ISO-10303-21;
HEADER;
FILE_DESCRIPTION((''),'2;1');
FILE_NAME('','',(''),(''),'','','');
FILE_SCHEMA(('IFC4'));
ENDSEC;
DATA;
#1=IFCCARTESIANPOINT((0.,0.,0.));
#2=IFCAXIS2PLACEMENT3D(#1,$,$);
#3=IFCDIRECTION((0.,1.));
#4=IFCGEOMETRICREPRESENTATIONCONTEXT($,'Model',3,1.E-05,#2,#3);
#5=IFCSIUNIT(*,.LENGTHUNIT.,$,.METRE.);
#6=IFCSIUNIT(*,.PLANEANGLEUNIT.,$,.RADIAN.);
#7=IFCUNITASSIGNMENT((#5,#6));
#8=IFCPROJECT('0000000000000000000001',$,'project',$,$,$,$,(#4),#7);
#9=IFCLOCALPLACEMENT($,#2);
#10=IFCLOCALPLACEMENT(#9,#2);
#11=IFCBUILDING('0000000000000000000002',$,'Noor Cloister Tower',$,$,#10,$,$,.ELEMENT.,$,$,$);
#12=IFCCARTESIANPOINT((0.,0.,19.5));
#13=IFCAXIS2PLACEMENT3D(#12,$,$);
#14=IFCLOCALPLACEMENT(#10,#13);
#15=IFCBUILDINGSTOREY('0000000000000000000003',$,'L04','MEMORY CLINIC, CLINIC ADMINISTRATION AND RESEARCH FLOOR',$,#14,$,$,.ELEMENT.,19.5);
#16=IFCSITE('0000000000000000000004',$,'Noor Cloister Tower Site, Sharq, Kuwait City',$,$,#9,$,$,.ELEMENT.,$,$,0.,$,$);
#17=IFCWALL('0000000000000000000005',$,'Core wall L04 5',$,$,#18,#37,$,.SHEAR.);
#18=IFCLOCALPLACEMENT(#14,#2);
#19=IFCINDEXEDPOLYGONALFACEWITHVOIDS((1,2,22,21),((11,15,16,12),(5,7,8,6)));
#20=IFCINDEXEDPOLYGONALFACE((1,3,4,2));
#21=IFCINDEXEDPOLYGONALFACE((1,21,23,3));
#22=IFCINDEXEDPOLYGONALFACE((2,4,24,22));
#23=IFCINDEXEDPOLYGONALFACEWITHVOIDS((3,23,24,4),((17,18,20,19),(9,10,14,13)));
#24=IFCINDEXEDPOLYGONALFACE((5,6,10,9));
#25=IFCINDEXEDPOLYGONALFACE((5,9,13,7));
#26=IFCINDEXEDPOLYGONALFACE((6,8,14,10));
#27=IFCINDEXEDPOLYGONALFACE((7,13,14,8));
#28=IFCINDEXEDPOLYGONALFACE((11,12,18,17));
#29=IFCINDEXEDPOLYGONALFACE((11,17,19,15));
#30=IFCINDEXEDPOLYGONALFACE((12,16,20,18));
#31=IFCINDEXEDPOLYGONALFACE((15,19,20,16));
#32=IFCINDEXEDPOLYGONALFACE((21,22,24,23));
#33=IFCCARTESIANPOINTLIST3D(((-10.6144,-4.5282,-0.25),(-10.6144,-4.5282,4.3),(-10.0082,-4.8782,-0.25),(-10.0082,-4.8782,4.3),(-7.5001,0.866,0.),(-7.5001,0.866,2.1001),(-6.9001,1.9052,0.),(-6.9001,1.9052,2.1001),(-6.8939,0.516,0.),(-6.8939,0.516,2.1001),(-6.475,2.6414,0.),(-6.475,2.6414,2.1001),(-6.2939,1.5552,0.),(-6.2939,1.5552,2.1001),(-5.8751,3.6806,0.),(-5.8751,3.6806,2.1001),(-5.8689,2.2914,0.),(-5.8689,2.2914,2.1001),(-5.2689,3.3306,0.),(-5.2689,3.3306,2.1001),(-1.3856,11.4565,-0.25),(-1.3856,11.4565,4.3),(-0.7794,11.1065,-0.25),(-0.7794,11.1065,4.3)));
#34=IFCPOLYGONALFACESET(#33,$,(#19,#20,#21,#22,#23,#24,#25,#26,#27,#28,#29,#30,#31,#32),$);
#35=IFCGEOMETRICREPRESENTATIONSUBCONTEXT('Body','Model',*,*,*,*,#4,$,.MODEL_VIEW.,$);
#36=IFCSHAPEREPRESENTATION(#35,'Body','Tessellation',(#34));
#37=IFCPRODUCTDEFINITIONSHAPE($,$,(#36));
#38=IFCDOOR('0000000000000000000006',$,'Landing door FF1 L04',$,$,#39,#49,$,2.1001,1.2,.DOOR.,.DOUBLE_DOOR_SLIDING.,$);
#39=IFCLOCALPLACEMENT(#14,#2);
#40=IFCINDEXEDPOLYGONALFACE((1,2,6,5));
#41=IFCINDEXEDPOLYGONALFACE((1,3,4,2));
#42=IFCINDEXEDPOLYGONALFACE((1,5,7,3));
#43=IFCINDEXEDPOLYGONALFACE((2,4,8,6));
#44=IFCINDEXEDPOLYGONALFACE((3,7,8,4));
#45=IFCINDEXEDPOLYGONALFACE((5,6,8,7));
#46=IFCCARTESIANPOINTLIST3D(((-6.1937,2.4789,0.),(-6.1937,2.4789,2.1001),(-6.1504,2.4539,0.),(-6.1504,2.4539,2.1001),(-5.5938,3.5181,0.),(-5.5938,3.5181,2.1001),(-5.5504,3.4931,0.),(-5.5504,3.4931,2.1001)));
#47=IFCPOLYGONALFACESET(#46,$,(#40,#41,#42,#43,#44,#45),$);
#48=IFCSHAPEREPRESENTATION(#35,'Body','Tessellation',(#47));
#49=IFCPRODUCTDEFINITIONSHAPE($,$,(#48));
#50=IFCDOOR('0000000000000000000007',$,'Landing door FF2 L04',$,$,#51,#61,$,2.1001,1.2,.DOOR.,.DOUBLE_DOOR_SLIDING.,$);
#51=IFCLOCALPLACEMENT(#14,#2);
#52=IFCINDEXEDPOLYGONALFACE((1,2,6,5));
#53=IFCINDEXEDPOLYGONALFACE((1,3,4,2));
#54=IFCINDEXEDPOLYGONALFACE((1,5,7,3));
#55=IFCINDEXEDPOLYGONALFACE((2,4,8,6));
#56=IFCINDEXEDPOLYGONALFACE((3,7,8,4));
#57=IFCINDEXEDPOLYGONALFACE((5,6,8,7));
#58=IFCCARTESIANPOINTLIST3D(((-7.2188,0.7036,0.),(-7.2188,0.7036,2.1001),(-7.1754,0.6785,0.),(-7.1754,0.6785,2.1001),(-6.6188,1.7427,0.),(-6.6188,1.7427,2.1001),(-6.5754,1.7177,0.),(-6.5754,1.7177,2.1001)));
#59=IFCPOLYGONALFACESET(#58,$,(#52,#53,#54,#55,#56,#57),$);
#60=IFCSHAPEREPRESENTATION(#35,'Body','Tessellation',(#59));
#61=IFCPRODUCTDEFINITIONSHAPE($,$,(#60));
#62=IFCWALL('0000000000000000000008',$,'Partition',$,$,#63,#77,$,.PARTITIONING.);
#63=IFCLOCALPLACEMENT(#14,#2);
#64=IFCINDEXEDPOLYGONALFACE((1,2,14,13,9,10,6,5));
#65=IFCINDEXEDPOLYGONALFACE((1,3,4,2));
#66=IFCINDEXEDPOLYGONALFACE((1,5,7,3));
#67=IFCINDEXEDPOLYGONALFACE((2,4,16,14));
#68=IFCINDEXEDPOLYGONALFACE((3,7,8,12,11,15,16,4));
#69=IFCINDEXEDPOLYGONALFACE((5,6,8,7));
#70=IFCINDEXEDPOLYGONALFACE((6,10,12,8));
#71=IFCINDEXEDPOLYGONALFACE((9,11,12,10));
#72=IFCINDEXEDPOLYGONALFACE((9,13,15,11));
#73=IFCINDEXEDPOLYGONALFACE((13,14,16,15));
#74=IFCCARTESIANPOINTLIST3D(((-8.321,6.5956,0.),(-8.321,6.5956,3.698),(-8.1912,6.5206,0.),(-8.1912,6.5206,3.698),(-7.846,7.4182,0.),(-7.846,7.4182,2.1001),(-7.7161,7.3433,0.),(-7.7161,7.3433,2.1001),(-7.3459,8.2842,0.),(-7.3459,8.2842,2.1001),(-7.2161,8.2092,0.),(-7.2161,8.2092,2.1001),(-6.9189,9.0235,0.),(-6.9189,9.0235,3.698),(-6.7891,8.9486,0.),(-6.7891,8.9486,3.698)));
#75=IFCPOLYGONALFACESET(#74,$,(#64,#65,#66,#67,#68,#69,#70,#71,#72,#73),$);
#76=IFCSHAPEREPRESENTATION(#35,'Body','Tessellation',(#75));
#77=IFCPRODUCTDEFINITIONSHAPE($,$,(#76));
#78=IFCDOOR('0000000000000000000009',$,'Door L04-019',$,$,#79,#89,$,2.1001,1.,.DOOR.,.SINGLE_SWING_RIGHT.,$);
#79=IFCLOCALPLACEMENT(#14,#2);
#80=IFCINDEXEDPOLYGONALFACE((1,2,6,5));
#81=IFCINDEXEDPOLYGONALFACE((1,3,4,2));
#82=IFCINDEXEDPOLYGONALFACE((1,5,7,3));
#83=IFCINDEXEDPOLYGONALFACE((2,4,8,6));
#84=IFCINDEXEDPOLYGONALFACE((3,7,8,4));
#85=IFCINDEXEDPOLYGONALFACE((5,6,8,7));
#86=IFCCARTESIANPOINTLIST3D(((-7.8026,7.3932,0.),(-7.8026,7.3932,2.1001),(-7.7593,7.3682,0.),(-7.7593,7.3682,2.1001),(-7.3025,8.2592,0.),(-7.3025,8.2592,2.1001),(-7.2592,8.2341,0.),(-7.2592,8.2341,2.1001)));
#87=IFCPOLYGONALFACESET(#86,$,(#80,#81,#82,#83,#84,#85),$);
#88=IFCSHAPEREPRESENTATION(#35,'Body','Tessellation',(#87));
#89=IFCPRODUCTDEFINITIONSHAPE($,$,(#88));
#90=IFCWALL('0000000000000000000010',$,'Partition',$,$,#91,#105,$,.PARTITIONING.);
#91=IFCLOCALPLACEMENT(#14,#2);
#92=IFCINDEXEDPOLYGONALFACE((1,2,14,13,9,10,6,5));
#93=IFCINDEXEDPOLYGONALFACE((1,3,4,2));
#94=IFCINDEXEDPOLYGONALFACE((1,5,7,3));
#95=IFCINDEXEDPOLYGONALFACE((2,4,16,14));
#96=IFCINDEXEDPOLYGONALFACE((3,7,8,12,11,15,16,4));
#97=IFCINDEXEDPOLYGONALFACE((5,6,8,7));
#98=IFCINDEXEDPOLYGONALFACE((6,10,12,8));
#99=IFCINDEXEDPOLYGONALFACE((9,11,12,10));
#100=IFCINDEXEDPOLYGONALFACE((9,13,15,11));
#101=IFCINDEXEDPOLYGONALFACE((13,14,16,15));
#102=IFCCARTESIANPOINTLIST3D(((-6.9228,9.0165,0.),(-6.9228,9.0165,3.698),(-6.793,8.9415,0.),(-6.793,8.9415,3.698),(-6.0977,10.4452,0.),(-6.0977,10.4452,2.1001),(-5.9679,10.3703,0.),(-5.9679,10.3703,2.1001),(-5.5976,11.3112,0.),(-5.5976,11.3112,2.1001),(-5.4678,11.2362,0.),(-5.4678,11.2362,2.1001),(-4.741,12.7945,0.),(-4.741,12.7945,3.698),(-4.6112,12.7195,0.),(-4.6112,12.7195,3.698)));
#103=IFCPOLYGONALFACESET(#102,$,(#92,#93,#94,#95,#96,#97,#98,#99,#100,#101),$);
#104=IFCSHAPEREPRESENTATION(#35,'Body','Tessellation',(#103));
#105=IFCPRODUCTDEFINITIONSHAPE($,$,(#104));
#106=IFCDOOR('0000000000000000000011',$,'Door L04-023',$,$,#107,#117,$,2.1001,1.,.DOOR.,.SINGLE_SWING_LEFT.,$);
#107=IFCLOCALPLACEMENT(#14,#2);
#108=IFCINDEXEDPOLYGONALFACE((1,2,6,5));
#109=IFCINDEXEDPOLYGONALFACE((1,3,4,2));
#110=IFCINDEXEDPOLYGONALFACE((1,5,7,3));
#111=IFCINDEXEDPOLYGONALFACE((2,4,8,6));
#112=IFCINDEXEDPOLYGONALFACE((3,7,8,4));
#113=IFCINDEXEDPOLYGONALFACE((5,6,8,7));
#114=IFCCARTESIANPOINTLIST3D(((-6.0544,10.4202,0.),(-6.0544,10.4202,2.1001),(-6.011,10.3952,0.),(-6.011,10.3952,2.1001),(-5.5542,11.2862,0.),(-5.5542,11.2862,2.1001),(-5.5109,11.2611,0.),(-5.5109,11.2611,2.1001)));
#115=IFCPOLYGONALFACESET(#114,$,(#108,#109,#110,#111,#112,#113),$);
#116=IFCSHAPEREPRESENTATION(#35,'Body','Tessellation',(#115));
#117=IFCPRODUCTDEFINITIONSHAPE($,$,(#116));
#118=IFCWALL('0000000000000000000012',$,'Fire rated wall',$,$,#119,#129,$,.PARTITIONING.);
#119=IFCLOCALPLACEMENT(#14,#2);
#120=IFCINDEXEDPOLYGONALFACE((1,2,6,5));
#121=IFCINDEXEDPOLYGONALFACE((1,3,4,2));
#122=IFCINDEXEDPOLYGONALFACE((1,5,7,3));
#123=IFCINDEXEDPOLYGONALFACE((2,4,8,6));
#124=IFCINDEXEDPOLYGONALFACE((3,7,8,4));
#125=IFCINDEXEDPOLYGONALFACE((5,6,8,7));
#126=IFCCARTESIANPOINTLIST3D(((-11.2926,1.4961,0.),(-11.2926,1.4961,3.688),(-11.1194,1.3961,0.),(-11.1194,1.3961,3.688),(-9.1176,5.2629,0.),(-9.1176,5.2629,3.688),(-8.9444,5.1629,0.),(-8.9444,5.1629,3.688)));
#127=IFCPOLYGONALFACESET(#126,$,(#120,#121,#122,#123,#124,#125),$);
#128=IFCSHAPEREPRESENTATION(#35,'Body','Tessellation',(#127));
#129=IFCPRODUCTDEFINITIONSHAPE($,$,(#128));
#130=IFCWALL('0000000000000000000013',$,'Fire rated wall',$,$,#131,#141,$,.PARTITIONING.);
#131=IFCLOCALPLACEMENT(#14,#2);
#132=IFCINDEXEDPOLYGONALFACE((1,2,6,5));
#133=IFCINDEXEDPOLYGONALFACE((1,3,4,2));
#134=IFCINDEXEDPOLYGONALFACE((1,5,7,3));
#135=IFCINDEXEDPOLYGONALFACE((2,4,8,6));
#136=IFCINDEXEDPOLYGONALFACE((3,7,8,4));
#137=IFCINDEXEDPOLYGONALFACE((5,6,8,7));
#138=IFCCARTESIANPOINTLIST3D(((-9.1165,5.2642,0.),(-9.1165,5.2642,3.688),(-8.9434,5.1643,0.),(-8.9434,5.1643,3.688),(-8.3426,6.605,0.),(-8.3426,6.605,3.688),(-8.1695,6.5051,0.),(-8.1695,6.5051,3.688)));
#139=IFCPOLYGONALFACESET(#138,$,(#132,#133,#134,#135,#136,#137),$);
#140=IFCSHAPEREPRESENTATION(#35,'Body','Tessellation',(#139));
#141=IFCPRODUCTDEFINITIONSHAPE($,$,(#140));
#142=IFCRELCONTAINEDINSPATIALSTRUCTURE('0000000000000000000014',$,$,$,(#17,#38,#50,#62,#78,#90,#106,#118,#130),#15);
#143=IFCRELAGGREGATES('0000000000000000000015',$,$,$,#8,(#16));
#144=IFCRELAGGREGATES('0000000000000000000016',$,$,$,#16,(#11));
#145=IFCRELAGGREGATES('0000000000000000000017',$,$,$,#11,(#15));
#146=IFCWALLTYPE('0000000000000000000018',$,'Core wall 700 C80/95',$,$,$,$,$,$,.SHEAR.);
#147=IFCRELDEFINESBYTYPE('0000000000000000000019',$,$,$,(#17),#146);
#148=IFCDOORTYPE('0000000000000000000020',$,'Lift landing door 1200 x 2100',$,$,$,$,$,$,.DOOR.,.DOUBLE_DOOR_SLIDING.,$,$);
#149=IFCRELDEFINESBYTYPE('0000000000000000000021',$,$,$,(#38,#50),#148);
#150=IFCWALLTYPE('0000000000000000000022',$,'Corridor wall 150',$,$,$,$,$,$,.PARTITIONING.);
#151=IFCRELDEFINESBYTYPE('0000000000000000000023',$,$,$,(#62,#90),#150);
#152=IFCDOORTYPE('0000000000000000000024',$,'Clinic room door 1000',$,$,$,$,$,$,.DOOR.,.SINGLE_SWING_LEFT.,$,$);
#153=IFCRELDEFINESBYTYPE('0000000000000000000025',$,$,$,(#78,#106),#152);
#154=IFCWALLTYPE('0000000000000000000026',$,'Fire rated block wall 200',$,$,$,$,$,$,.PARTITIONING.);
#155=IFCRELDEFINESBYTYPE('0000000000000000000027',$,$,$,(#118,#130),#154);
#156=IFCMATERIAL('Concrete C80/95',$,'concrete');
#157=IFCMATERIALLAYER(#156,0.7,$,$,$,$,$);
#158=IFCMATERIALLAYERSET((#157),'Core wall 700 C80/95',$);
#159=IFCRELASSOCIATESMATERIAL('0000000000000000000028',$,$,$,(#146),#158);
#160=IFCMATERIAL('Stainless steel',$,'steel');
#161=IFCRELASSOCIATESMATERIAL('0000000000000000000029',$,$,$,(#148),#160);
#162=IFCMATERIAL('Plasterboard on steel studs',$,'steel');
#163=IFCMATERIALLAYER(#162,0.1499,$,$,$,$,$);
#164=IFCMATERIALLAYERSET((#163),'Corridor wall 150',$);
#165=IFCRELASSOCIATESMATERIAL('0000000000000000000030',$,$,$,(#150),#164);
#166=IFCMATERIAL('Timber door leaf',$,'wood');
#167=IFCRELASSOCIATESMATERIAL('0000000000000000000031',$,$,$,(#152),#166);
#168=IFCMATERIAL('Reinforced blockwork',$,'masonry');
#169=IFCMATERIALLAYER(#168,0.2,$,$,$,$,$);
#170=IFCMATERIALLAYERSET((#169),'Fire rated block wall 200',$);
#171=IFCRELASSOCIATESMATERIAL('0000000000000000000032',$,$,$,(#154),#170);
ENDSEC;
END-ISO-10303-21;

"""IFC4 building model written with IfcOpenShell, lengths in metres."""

from ifc_helpers import new_model, si_unit, direction, frame, frame_2d, origin, place, context, subcontext, project, spatial, rectangle, extrude, material, layer, layer_set, type_object, element, fill, save


model = new_model("IFC4")

# Units and contexts
model_context = context("Model", 3, precision=1e-05, world=origin(), true_north=direction((0.0, 1.0)))
body_context = subcontext(model_context, "Body", "Model", "MODEL_VIEW")
ifc_project = project(units=[si_unit("LENGTHUNIT", "METRE"), si_unit("PLANEANGLEUNIT", "RADIAN")], contexts=[model_context])

# Site, building, storey
site_placement = place(None, origin())
site = spatial("IfcSite", under=ifc_project, at=site_placement, Name="Noor Cloister Tower Site, Sharq, Kuwait City", CompositionType="ELEMENT", RefElevation=0.0)
building_placement = place(site_placement, origin())
building = spatial("IfcBuilding", under=site, at=building_placement, Name="Noor Cloister Tower", CompositionType="ELEMENT")
storey_placement = place(building_placement, frame((0.0, 0.0, 19.5)))
storey = spatial("IfcBuildingStorey", under=building, at=storey_placement, Name="L04", Description="MEMORY CLINIC, CLINIC ADMINISTRATION AND RESEARCH FLOOR", CompositionType="ELEMENT", Elevation=19.5)

# Wall, openings, doors
ifc_material_1 = material(Name="Concrete C80/95", Category="concrete")
ifc_layer_1 = layer(ifc_material_1, 0.7)
ifc_layer_set_1 = layer_set([ifc_layer_1], Name="Core wall 700 C80/95")
wall_type_1 = type_object("IfcWallType", Name="Core wall 700 C80/95", PredefinedType="SHEAR", material=ifc_layer_set_1)
wall_1_placement = place(storey_placement, frame((-1.0825, 11.2815, -0.25), z_axis=(0.0, 0.0, 1.0), x_axis=(-0.500001, -0.866025, 0.0)))
wall_1 = element("IfcWall", 1, at=wall_1_placement, inside=storey, type_object=wall_type_1, Name="Core wall L04 5", PredefinedType="SHEAR", context=body_context, shape_type="SweptSolid", body=[
    extrude(rectangle(XDim=18.4575, YDim=0.7, at=frame_2d((9.2288, 0.0))), origin(), (0.0, 0.0, 1.0), 4.55),
])
opening_1_placement = place(wall_1_placement, frame((8.9788, 0.0, 0.25)))
opening_1 = element("IfcOpeningElement", 2, at=opening_1_placement, cuts=wall_1, PredefinedType="OPENING", context=body_context, shape_type="SweptSolid", body=[
    extrude(rectangle(XDim=1.2, YDim=2.1001, at=frame_2d((0.6001, 1.05))), frame((0.0, 0.3599, 0.0), z_axis=(0.0, -1.0, 0.0), x_axis=(1.0, 0.0, 0.0)), (0.0, 0.0, 1.0), 0.72),
])
opening_2_placement = place(wall_1_placement, frame((11.0288, 0.0, 0.25)))
opening_2 = element("IfcOpeningElement", 3, at=opening_2_placement, cuts=wall_1, PredefinedType="OPENING", context=body_context, shape_type="SweptSolid", body=[
    extrude(rectangle(XDim=1.2, YDim=2.1001, at=frame_2d((0.6001, 1.05))), frame((0.0, 0.3599, 0.0), z_axis=(0.0, -1.0, 0.0), x_axis=(1.0, 0.0, 0.0)), (0.0, 0.0, 1.0), 0.72),
])
ifc_material_2 = material(Name="Stainless steel", Category="steel")
door_type_1 = type_object("IfcDoorType", Name="Lift landing door 1200 x 2100", OperationType="DOUBLE_DOOR_SLIDING", PredefinedType="DOOR", material=ifc_material_2)
door_1_placement = place(opening_1_placement, origin())
door_1 = element("IfcDoor", 4, at=door_1_placement, inside=storey, type_object=door_type_1, Name="Landing door FF1 L04", OperationType="DOUBLE_DOOR_SLIDING", OverallHeight=2.1001, OverallWidth=1.2, PredefinedType="DOOR", context=body_context, shape_type="SweptSolid", body=[
    extrude(rectangle(XDim=1.2, YDim=2.1001, at=frame_2d((0.6001, 1.05))), frame((0.0, 0.0249, 0.0), z_axis=(0.0, -1.0, 0.0), x_axis=(1.0, 0.0, 0.0)), (0.0, 0.0, 1.0), 0.05),
])
fill(opening_1, door_1)
door_2_placement = place(opening_2_placement, origin())
door_2 = element("IfcDoor", 5, at=door_2_placement, inside=storey, type_object=door_type_1, Name="Landing door FF2 L04", OperationType="DOUBLE_DOOR_SLIDING", OverallHeight=2.1001, OverallWidth=1.2, PredefinedType="DOOR", context=body_context, shape_type="SweptSolid", body=[
    extrude(rectangle(XDim=1.2, YDim=2.1001, at=frame_2d((0.6001, 1.05))), frame((0.0, 0.0249, 0.0), z_axis=(0.0, -1.0, 0.0), x_axis=(1.0, 0.0, 0.0)), (0.0, 0.0, 1.0), 0.05),
])
fill(opening_2, door_2)

# Walls, openings, doors
ifc_material_3 = material(Name="Plasterboard on steel studs", Category="steel")
ifc_layer_2 = layer(ifc_material_3, 0.1499)
ifc_layer_set_2 = layer_set([ifc_layer_2], Name="Corridor wall 150")
wall_type_2 = type_object("IfcWallType", Name="Corridor wall 150", PredefinedType="PARTITIONING", material=ifc_layer_set_2)
wall_2_placement = place(storey_placement, frame((-8.2561, 6.5581, 0.0), z_axis=(0.0, 0.0, 1.0), x_axis=(0.500082, 0.865978, 0.0)))
wall_2 = element("IfcWall", 6, at=wall_2_placement, inside=storey, type_object=wall_type_2, Name="Partition", PredefinedType="PARTITIONING", context=body_context, shape_type="SweptSolid", body=[
    extrude(rectangle(XDim=2.8037, YDim=0.1499, at=frame_2d((1.4019, 0.0))), origin(), (0.0, 0.0, 1.0), 3.698),
])
opening_3_placement = place(wall_2_placement, frame((0.95, 0.0, 0.0)))
opening_3 = element("IfcOpeningElement", 7, at=opening_3_placement, cuts=wall_2, PredefinedType="OPENING", context=body_context, shape_type="SweptSolid", body=[
    extrude(rectangle(XDim=1.0, YDim=2.1001, at=frame_2d((0.5, 1.05))), frame((0.0, 0.085, 0.0), z_axis=(0.0, -1.0, 0.0), x_axis=(1.0, 0.0, 0.0)), (0.0, 0.0, 1.0), 0.1699),
])
ifc_material_4 = material(Name="Timber door leaf", Category="wood")
door_type_2 = type_object("IfcDoorType", Name="Clinic room door 1000", OperationType="SINGLE_SWING_LEFT", PredefinedType="DOOR", material=ifc_material_4)
door_3_placement = place(opening_3_placement, origin())
door_3 = element("IfcDoor", 8, at=door_3_placement, inside=storey, type_object=door_type_2, Name="Door L04-019", OperationType="SINGLE_SWING_RIGHT", OverallHeight=2.1001, OverallWidth=1.0, PredefinedType="DOOR", context=body_context, shape_type="SweptSolid", body=[
    extrude(rectangle(XDim=1.0, YDim=2.1001, at=frame_2d((0.5, 1.05))), frame((0.0, 0.0249, 0.0), z_axis=(0.0, -1.0, 0.0), x_axis=(1.0, 0.0, 0.0)), (0.0, 0.0, 1.0), 0.05),
])
fill(opening_3, door_3)
wall_3_placement = place(storey_placement, frame((-6.8579, 8.979, 0.0), z_axis=(0.0, 0.0, 1.0), x_axis=(0.500105, 0.865965, 0.0)))
wall_3 = element("IfcWall", 9, at=wall_3_placement, inside=storey, type_object=wall_type_2, Name="Partition", PredefinedType="PARTITIONING", context=body_context, shape_type="SweptSolid", body=[
    extrude(rectangle(XDim=4.3628, YDim=0.1499, at=frame_2d((2.1814, 0.0))), origin(), (0.0, 0.0, 1.0), 3.698),
])
opening_4_placement = place(wall_3_placement, frame((1.6499, 0.0, 0.0)))
opening_4 = element("IfcOpeningElement", 10, at=opening_4_placement, cuts=wall_3, PredefinedType="OPENING", context=body_context, shape_type="SweptSolid", body=[
    extrude(rectangle(XDim=1.0, YDim=2.1001, at=frame_2d((0.5, 1.05))), frame((0.0, 0.085, 0.0), z_axis=(0.0, -1.0, 0.0), x_axis=(1.0, 0.0, 0.0)), (0.0, 0.0, 1.0), 0.1699),
])
door_4_placement = place(opening_4_placement, origin())
door_4 = element("IfcDoor", 11, at=door_4_placement, inside=storey, type_object=door_type_2, Name="Door L04-023", OperationType="SINGLE_SWING_LEFT", OverallHeight=2.1001, OverallWidth=1.0, PredefinedType="DOOR", context=body_context, shape_type="SweptSolid", body=[
    extrude(rectangle(XDim=1.0, YDim=2.1001, at=frame_2d((0.5, 1.05))), frame((0.0, 0.0249, 0.0), z_axis=(0.0, -1.0, 0.0), x_axis=(1.0, 0.0, 0.0)), (0.0, 0.0, 1.0), 0.05),
])
fill(opening_4, door_4)

# Walls
ifc_material_5 = material(Name="Reinforced blockwork", Category="masonry")
ifc_layer_3 = layer(ifc_material_5, 0.2)
ifc_layer_set_3 = layer_set([ifc_layer_3], Name="Fire rated block wall 200")
wall_type_3 = type_object("IfcWallType", Name="Fire rated block wall 200", PredefinedType="PARTITIONING", material=ifc_layer_set_3)
wall_4_placement = place(storey_placement, frame((-9.031, 5.2129, 0.0), z_axis=(0.0, 0.0, 1.0), x_axis=(-0.500045, -0.866, 0.0)))
element("IfcWall", 12, at=wall_4_placement, inside=storey, type_object=wall_type_3, Name="Fire rated wall", PredefinedType="PARTITIONING", context=body_context, shape_type="SweptSolid", body=[
    extrude(rectangle(XDim=4.3496, YDim=0.2, at=frame_2d((2.1748, 0.0))), origin(), (0.0, 0.0, 1.0), 3.688),
])
wall_5_placement = place(storey_placement, frame((-8.2561, 6.5549, 0.0), z_axis=(0.0, 0.0, 1.0), x_axis=(-0.499904, -0.866081, 0.0)))
element("IfcWall", 13, at=wall_5_placement, inside=storey, type_object=wall_type_3, Name="Fire rated wall", PredefinedType="PARTITIONING", context=body_context, shape_type="SweptSolid", body=[
    extrude(rectangle(XDim=1.5481, YDim=0.2, at=frame_2d((0.7739, 0.0))), origin(), (0.0, 0.0, 1.0), 3.688),
])

save(model, "model.ifc")
